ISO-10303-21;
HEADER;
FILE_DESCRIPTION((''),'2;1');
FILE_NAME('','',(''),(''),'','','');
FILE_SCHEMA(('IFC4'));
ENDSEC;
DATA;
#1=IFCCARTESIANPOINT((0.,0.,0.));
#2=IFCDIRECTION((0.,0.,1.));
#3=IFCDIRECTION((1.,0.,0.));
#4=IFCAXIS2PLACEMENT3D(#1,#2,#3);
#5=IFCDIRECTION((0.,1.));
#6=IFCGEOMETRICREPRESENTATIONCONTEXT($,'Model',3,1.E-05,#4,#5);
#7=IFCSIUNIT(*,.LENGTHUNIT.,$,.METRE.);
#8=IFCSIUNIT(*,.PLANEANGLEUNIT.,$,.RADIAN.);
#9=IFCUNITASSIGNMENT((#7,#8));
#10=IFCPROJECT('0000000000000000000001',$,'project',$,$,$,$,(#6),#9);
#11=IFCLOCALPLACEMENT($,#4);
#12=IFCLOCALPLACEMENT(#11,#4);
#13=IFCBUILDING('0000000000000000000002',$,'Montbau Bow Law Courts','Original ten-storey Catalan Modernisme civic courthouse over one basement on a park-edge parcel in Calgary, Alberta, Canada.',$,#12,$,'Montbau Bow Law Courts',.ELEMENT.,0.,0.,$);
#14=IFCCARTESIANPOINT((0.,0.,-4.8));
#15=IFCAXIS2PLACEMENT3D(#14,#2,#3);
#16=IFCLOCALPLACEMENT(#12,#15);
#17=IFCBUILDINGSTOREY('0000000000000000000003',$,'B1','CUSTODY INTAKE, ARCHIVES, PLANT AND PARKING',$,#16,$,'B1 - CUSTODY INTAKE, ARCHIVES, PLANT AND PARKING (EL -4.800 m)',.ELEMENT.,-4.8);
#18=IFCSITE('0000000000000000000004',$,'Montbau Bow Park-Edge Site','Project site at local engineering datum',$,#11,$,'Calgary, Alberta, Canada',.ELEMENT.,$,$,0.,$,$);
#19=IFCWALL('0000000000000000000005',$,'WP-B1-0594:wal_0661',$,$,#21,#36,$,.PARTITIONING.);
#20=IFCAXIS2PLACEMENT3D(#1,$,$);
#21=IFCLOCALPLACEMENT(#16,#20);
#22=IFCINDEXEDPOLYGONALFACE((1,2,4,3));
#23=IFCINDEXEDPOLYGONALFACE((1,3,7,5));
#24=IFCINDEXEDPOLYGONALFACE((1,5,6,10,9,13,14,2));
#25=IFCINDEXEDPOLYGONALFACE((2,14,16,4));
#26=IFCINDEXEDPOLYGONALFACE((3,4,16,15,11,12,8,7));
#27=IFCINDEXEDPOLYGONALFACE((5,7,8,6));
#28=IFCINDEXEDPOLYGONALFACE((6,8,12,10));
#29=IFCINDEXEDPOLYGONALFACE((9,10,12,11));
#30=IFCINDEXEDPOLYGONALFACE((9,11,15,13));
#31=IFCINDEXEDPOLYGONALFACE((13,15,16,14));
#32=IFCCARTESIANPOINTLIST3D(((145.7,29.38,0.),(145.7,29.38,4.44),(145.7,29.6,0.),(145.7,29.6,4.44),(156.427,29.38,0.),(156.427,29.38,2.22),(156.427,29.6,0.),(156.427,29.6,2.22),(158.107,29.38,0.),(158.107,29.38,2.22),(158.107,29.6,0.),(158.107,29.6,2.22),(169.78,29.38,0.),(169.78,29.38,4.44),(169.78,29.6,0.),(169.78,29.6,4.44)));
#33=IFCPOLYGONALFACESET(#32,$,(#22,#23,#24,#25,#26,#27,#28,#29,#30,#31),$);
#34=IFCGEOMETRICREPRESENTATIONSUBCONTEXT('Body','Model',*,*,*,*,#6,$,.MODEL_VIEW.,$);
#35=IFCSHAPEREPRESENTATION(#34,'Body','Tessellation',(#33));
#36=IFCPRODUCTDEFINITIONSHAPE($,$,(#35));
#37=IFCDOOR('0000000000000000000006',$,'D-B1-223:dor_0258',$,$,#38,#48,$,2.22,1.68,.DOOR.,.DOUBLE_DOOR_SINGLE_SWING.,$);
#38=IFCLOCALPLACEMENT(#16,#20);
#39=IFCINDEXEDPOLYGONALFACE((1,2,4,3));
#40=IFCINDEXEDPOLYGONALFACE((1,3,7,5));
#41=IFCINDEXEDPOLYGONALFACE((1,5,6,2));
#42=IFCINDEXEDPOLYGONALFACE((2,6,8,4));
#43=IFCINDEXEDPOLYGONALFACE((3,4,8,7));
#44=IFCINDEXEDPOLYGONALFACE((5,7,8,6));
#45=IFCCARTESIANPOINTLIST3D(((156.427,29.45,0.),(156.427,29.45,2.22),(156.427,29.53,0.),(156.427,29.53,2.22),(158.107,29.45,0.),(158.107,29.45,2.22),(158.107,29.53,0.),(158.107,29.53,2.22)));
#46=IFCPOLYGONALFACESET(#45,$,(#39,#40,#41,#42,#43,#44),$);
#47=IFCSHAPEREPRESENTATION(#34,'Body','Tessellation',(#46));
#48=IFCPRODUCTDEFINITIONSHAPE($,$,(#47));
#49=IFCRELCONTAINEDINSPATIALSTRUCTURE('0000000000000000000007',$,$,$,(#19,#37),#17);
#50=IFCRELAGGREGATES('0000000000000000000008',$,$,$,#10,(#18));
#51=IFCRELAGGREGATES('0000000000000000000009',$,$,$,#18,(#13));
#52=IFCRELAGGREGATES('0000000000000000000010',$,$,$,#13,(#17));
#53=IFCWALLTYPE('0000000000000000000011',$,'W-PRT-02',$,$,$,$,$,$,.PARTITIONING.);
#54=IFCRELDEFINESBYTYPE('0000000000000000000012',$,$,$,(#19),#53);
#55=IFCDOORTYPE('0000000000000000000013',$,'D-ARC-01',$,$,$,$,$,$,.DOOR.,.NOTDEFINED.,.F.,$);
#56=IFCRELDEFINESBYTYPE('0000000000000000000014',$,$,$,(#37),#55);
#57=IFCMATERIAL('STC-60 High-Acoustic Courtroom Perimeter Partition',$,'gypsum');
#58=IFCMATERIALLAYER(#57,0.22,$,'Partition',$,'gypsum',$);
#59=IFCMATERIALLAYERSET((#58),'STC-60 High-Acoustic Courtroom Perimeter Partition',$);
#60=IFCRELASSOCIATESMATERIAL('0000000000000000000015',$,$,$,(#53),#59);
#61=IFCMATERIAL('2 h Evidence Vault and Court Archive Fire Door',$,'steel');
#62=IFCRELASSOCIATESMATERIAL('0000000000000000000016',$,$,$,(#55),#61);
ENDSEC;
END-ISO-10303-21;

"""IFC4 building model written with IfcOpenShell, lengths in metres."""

from ifc_helpers import new_model, si_unit, direction, frame, frame_2d, origin_with_axes, place, context, subcontext, project, spatial, rectangle, extrude, material, layer, layer_set, type_object, element, fill, save


model = new_model("IFC4")

# Units and contexts
model_context = context("Model", 3, precision=1e-05, world=origin_with_axes(), true_north=direction((0.0, 1.0)))
body_context = subcontext(model_context, "Body", "Model", "MODEL_VIEW")
ifc_project = project(units=[si_unit("LENGTHUNIT", "METRE"), si_unit("PLANEANGLEUNIT", "RADIAN")], contexts=[model_context])

# Site, building, storey
site_placement = place(None, origin_with_axes())
site = spatial("IfcSite", under=ifc_project, at=site_placement, Name="Montbau Bow Park-Edge Site", Description="Project site at local engineering datum", LongName="Calgary, Alberta, Canada", CompositionType="ELEMENT", RefElevation=0.0)
building_placement = place(site_placement, origin_with_axes())
building = spatial("IfcBuilding", under=site, at=building_placement, Name="Montbau Bow Law Courts", Description="Original ten-storey Catalan Modernisme civic courthouse over one basement on a park-edge parcel in Calgary, Alberta, Canada.", LongName="Montbau Bow Law Courts", CompositionType="ELEMENT", ElevationOfRefHeight=0.0, ElevationOfTerrain=0.0)
storey_placement = place(building_placement, frame((0.0, 0.0, -4.8), z_axis=(0.0, 0.0, 1.0), x_axis=(1.0, 0.0, 0.0)))
storey = spatial("IfcBuildingStorey", under=building, at=storey_placement, Name="B1", Description="CUSTODY INTAKE, ARCHIVES, PLANT AND PARKING", LongName="B1 - CUSTODY INTAKE, ARCHIVES, PLANT AND PARKING (EL -4.800 m)", CompositionType="ELEMENT", Elevation=-4.8)

# Shared definitions
ifc_material_1 = material(Name="STC-60 High-Acoustic Courtroom Perimeter Partition", Category="gypsum")
ifc_layer_1 = layer(ifc_material_1, 0.22, Name="Partition", Category="gypsum")
ifc_layer_set_1 = layer_set([ifc_layer_1], Name="STC-60 High-Acoustic Courtroom Perimeter Partition")
wall_type_1 = type_object("IfcWallType", Name="W-PRT-02", PredefinedType="PARTITIONING", material=ifc_layer_set_1)

# Wall, opening, door
wall_1_placement = place(None, frame((145.7, 29.49, -4.8), z_axis=(0.0, 0.0, 1.0), x_axis=(1.0, 0.0, 0.0)))
wall_1 = element("IfcWall", 1, at=wall_1_placement, inside=storey, type_object=wall_type_1, Name="WP-B1-0594:wal_0661", PredefinedType="PARTITIONING", context=body_context, shape_type="SweptSolid", body=[
    extrude(rectangle(XDim=24.08, YDim=0.22, at=frame_2d((12.04, 0.0), x_axis=(1.0, 0.0))), origin_with_axes(), (0.0, 0.0, 1.0), 4.44),
])
opening_1_placement = place(None, frame((157.267, 29.49, -4.8), z_axis=(0.0, 0.0, 1.0), x_axis=(1.0, 0.0, 0.0)))
opening_1 = element("IfcOpeningElement", 2, at=opening_1_placement, cuts=wall_1, PredefinedType="OPENING", context=body_context, shape_type="SweptSolid", body=[
    extrude(rectangle(XDim=1.68, YDim=2.22, at=frame_2d((0.0, 1.11), x_axis=(1.0, 0.0))), frame((0.0, 0.12, 0.0), z_axis=(0.0, -1.0, 0.0), x_axis=(1.0, 0.0, 0.0)), (0.0, 0.0, 1.0), 0.24),
])
ifc_material_2 = material(Name="2 h Evidence Vault and Court Archive Fire Door", Category="steel")
door_type_1 = type_object("IfcDoorType", Name="D-ARC-01", OperationType="NOTDEFINED", ParameterTakesPrecedence=False, PredefinedType="DOOR", material=ifc_material_2)
door_1_placement = place(None, frame((157.267, 29.49, -4.8), z_axis=(0.0, 0.0, 1.0), x_axis=(-1.0, 0.0, 0.0)))
door_1 = element("IfcDoor", 3, at=door_1_placement, inside=storey, type_object=door_type_1, Name="D-B1-223:dor_0258", OperationType="DOUBLE_DOOR_SINGLE_SWING", OverallHeight=2.22, OverallWidth=1.68, PredefinedType="DOOR", context=body_context, shape_type="SweptSolid", body=[
    extrude(rectangle(XDim=1.68, YDim=2.22, at=frame_2d((0.0, 1.11), x_axis=(1.0, 0.0))), frame((0.0, 0.04, 0.0), z_axis=(0.0, -1.0, 0.0), x_axis=(1.0, 0.0, 0.0)), (0.0, 0.0, 1.0), 0.08),
])
fill(opening_1, door_1)

save(model, "model.ifc")
